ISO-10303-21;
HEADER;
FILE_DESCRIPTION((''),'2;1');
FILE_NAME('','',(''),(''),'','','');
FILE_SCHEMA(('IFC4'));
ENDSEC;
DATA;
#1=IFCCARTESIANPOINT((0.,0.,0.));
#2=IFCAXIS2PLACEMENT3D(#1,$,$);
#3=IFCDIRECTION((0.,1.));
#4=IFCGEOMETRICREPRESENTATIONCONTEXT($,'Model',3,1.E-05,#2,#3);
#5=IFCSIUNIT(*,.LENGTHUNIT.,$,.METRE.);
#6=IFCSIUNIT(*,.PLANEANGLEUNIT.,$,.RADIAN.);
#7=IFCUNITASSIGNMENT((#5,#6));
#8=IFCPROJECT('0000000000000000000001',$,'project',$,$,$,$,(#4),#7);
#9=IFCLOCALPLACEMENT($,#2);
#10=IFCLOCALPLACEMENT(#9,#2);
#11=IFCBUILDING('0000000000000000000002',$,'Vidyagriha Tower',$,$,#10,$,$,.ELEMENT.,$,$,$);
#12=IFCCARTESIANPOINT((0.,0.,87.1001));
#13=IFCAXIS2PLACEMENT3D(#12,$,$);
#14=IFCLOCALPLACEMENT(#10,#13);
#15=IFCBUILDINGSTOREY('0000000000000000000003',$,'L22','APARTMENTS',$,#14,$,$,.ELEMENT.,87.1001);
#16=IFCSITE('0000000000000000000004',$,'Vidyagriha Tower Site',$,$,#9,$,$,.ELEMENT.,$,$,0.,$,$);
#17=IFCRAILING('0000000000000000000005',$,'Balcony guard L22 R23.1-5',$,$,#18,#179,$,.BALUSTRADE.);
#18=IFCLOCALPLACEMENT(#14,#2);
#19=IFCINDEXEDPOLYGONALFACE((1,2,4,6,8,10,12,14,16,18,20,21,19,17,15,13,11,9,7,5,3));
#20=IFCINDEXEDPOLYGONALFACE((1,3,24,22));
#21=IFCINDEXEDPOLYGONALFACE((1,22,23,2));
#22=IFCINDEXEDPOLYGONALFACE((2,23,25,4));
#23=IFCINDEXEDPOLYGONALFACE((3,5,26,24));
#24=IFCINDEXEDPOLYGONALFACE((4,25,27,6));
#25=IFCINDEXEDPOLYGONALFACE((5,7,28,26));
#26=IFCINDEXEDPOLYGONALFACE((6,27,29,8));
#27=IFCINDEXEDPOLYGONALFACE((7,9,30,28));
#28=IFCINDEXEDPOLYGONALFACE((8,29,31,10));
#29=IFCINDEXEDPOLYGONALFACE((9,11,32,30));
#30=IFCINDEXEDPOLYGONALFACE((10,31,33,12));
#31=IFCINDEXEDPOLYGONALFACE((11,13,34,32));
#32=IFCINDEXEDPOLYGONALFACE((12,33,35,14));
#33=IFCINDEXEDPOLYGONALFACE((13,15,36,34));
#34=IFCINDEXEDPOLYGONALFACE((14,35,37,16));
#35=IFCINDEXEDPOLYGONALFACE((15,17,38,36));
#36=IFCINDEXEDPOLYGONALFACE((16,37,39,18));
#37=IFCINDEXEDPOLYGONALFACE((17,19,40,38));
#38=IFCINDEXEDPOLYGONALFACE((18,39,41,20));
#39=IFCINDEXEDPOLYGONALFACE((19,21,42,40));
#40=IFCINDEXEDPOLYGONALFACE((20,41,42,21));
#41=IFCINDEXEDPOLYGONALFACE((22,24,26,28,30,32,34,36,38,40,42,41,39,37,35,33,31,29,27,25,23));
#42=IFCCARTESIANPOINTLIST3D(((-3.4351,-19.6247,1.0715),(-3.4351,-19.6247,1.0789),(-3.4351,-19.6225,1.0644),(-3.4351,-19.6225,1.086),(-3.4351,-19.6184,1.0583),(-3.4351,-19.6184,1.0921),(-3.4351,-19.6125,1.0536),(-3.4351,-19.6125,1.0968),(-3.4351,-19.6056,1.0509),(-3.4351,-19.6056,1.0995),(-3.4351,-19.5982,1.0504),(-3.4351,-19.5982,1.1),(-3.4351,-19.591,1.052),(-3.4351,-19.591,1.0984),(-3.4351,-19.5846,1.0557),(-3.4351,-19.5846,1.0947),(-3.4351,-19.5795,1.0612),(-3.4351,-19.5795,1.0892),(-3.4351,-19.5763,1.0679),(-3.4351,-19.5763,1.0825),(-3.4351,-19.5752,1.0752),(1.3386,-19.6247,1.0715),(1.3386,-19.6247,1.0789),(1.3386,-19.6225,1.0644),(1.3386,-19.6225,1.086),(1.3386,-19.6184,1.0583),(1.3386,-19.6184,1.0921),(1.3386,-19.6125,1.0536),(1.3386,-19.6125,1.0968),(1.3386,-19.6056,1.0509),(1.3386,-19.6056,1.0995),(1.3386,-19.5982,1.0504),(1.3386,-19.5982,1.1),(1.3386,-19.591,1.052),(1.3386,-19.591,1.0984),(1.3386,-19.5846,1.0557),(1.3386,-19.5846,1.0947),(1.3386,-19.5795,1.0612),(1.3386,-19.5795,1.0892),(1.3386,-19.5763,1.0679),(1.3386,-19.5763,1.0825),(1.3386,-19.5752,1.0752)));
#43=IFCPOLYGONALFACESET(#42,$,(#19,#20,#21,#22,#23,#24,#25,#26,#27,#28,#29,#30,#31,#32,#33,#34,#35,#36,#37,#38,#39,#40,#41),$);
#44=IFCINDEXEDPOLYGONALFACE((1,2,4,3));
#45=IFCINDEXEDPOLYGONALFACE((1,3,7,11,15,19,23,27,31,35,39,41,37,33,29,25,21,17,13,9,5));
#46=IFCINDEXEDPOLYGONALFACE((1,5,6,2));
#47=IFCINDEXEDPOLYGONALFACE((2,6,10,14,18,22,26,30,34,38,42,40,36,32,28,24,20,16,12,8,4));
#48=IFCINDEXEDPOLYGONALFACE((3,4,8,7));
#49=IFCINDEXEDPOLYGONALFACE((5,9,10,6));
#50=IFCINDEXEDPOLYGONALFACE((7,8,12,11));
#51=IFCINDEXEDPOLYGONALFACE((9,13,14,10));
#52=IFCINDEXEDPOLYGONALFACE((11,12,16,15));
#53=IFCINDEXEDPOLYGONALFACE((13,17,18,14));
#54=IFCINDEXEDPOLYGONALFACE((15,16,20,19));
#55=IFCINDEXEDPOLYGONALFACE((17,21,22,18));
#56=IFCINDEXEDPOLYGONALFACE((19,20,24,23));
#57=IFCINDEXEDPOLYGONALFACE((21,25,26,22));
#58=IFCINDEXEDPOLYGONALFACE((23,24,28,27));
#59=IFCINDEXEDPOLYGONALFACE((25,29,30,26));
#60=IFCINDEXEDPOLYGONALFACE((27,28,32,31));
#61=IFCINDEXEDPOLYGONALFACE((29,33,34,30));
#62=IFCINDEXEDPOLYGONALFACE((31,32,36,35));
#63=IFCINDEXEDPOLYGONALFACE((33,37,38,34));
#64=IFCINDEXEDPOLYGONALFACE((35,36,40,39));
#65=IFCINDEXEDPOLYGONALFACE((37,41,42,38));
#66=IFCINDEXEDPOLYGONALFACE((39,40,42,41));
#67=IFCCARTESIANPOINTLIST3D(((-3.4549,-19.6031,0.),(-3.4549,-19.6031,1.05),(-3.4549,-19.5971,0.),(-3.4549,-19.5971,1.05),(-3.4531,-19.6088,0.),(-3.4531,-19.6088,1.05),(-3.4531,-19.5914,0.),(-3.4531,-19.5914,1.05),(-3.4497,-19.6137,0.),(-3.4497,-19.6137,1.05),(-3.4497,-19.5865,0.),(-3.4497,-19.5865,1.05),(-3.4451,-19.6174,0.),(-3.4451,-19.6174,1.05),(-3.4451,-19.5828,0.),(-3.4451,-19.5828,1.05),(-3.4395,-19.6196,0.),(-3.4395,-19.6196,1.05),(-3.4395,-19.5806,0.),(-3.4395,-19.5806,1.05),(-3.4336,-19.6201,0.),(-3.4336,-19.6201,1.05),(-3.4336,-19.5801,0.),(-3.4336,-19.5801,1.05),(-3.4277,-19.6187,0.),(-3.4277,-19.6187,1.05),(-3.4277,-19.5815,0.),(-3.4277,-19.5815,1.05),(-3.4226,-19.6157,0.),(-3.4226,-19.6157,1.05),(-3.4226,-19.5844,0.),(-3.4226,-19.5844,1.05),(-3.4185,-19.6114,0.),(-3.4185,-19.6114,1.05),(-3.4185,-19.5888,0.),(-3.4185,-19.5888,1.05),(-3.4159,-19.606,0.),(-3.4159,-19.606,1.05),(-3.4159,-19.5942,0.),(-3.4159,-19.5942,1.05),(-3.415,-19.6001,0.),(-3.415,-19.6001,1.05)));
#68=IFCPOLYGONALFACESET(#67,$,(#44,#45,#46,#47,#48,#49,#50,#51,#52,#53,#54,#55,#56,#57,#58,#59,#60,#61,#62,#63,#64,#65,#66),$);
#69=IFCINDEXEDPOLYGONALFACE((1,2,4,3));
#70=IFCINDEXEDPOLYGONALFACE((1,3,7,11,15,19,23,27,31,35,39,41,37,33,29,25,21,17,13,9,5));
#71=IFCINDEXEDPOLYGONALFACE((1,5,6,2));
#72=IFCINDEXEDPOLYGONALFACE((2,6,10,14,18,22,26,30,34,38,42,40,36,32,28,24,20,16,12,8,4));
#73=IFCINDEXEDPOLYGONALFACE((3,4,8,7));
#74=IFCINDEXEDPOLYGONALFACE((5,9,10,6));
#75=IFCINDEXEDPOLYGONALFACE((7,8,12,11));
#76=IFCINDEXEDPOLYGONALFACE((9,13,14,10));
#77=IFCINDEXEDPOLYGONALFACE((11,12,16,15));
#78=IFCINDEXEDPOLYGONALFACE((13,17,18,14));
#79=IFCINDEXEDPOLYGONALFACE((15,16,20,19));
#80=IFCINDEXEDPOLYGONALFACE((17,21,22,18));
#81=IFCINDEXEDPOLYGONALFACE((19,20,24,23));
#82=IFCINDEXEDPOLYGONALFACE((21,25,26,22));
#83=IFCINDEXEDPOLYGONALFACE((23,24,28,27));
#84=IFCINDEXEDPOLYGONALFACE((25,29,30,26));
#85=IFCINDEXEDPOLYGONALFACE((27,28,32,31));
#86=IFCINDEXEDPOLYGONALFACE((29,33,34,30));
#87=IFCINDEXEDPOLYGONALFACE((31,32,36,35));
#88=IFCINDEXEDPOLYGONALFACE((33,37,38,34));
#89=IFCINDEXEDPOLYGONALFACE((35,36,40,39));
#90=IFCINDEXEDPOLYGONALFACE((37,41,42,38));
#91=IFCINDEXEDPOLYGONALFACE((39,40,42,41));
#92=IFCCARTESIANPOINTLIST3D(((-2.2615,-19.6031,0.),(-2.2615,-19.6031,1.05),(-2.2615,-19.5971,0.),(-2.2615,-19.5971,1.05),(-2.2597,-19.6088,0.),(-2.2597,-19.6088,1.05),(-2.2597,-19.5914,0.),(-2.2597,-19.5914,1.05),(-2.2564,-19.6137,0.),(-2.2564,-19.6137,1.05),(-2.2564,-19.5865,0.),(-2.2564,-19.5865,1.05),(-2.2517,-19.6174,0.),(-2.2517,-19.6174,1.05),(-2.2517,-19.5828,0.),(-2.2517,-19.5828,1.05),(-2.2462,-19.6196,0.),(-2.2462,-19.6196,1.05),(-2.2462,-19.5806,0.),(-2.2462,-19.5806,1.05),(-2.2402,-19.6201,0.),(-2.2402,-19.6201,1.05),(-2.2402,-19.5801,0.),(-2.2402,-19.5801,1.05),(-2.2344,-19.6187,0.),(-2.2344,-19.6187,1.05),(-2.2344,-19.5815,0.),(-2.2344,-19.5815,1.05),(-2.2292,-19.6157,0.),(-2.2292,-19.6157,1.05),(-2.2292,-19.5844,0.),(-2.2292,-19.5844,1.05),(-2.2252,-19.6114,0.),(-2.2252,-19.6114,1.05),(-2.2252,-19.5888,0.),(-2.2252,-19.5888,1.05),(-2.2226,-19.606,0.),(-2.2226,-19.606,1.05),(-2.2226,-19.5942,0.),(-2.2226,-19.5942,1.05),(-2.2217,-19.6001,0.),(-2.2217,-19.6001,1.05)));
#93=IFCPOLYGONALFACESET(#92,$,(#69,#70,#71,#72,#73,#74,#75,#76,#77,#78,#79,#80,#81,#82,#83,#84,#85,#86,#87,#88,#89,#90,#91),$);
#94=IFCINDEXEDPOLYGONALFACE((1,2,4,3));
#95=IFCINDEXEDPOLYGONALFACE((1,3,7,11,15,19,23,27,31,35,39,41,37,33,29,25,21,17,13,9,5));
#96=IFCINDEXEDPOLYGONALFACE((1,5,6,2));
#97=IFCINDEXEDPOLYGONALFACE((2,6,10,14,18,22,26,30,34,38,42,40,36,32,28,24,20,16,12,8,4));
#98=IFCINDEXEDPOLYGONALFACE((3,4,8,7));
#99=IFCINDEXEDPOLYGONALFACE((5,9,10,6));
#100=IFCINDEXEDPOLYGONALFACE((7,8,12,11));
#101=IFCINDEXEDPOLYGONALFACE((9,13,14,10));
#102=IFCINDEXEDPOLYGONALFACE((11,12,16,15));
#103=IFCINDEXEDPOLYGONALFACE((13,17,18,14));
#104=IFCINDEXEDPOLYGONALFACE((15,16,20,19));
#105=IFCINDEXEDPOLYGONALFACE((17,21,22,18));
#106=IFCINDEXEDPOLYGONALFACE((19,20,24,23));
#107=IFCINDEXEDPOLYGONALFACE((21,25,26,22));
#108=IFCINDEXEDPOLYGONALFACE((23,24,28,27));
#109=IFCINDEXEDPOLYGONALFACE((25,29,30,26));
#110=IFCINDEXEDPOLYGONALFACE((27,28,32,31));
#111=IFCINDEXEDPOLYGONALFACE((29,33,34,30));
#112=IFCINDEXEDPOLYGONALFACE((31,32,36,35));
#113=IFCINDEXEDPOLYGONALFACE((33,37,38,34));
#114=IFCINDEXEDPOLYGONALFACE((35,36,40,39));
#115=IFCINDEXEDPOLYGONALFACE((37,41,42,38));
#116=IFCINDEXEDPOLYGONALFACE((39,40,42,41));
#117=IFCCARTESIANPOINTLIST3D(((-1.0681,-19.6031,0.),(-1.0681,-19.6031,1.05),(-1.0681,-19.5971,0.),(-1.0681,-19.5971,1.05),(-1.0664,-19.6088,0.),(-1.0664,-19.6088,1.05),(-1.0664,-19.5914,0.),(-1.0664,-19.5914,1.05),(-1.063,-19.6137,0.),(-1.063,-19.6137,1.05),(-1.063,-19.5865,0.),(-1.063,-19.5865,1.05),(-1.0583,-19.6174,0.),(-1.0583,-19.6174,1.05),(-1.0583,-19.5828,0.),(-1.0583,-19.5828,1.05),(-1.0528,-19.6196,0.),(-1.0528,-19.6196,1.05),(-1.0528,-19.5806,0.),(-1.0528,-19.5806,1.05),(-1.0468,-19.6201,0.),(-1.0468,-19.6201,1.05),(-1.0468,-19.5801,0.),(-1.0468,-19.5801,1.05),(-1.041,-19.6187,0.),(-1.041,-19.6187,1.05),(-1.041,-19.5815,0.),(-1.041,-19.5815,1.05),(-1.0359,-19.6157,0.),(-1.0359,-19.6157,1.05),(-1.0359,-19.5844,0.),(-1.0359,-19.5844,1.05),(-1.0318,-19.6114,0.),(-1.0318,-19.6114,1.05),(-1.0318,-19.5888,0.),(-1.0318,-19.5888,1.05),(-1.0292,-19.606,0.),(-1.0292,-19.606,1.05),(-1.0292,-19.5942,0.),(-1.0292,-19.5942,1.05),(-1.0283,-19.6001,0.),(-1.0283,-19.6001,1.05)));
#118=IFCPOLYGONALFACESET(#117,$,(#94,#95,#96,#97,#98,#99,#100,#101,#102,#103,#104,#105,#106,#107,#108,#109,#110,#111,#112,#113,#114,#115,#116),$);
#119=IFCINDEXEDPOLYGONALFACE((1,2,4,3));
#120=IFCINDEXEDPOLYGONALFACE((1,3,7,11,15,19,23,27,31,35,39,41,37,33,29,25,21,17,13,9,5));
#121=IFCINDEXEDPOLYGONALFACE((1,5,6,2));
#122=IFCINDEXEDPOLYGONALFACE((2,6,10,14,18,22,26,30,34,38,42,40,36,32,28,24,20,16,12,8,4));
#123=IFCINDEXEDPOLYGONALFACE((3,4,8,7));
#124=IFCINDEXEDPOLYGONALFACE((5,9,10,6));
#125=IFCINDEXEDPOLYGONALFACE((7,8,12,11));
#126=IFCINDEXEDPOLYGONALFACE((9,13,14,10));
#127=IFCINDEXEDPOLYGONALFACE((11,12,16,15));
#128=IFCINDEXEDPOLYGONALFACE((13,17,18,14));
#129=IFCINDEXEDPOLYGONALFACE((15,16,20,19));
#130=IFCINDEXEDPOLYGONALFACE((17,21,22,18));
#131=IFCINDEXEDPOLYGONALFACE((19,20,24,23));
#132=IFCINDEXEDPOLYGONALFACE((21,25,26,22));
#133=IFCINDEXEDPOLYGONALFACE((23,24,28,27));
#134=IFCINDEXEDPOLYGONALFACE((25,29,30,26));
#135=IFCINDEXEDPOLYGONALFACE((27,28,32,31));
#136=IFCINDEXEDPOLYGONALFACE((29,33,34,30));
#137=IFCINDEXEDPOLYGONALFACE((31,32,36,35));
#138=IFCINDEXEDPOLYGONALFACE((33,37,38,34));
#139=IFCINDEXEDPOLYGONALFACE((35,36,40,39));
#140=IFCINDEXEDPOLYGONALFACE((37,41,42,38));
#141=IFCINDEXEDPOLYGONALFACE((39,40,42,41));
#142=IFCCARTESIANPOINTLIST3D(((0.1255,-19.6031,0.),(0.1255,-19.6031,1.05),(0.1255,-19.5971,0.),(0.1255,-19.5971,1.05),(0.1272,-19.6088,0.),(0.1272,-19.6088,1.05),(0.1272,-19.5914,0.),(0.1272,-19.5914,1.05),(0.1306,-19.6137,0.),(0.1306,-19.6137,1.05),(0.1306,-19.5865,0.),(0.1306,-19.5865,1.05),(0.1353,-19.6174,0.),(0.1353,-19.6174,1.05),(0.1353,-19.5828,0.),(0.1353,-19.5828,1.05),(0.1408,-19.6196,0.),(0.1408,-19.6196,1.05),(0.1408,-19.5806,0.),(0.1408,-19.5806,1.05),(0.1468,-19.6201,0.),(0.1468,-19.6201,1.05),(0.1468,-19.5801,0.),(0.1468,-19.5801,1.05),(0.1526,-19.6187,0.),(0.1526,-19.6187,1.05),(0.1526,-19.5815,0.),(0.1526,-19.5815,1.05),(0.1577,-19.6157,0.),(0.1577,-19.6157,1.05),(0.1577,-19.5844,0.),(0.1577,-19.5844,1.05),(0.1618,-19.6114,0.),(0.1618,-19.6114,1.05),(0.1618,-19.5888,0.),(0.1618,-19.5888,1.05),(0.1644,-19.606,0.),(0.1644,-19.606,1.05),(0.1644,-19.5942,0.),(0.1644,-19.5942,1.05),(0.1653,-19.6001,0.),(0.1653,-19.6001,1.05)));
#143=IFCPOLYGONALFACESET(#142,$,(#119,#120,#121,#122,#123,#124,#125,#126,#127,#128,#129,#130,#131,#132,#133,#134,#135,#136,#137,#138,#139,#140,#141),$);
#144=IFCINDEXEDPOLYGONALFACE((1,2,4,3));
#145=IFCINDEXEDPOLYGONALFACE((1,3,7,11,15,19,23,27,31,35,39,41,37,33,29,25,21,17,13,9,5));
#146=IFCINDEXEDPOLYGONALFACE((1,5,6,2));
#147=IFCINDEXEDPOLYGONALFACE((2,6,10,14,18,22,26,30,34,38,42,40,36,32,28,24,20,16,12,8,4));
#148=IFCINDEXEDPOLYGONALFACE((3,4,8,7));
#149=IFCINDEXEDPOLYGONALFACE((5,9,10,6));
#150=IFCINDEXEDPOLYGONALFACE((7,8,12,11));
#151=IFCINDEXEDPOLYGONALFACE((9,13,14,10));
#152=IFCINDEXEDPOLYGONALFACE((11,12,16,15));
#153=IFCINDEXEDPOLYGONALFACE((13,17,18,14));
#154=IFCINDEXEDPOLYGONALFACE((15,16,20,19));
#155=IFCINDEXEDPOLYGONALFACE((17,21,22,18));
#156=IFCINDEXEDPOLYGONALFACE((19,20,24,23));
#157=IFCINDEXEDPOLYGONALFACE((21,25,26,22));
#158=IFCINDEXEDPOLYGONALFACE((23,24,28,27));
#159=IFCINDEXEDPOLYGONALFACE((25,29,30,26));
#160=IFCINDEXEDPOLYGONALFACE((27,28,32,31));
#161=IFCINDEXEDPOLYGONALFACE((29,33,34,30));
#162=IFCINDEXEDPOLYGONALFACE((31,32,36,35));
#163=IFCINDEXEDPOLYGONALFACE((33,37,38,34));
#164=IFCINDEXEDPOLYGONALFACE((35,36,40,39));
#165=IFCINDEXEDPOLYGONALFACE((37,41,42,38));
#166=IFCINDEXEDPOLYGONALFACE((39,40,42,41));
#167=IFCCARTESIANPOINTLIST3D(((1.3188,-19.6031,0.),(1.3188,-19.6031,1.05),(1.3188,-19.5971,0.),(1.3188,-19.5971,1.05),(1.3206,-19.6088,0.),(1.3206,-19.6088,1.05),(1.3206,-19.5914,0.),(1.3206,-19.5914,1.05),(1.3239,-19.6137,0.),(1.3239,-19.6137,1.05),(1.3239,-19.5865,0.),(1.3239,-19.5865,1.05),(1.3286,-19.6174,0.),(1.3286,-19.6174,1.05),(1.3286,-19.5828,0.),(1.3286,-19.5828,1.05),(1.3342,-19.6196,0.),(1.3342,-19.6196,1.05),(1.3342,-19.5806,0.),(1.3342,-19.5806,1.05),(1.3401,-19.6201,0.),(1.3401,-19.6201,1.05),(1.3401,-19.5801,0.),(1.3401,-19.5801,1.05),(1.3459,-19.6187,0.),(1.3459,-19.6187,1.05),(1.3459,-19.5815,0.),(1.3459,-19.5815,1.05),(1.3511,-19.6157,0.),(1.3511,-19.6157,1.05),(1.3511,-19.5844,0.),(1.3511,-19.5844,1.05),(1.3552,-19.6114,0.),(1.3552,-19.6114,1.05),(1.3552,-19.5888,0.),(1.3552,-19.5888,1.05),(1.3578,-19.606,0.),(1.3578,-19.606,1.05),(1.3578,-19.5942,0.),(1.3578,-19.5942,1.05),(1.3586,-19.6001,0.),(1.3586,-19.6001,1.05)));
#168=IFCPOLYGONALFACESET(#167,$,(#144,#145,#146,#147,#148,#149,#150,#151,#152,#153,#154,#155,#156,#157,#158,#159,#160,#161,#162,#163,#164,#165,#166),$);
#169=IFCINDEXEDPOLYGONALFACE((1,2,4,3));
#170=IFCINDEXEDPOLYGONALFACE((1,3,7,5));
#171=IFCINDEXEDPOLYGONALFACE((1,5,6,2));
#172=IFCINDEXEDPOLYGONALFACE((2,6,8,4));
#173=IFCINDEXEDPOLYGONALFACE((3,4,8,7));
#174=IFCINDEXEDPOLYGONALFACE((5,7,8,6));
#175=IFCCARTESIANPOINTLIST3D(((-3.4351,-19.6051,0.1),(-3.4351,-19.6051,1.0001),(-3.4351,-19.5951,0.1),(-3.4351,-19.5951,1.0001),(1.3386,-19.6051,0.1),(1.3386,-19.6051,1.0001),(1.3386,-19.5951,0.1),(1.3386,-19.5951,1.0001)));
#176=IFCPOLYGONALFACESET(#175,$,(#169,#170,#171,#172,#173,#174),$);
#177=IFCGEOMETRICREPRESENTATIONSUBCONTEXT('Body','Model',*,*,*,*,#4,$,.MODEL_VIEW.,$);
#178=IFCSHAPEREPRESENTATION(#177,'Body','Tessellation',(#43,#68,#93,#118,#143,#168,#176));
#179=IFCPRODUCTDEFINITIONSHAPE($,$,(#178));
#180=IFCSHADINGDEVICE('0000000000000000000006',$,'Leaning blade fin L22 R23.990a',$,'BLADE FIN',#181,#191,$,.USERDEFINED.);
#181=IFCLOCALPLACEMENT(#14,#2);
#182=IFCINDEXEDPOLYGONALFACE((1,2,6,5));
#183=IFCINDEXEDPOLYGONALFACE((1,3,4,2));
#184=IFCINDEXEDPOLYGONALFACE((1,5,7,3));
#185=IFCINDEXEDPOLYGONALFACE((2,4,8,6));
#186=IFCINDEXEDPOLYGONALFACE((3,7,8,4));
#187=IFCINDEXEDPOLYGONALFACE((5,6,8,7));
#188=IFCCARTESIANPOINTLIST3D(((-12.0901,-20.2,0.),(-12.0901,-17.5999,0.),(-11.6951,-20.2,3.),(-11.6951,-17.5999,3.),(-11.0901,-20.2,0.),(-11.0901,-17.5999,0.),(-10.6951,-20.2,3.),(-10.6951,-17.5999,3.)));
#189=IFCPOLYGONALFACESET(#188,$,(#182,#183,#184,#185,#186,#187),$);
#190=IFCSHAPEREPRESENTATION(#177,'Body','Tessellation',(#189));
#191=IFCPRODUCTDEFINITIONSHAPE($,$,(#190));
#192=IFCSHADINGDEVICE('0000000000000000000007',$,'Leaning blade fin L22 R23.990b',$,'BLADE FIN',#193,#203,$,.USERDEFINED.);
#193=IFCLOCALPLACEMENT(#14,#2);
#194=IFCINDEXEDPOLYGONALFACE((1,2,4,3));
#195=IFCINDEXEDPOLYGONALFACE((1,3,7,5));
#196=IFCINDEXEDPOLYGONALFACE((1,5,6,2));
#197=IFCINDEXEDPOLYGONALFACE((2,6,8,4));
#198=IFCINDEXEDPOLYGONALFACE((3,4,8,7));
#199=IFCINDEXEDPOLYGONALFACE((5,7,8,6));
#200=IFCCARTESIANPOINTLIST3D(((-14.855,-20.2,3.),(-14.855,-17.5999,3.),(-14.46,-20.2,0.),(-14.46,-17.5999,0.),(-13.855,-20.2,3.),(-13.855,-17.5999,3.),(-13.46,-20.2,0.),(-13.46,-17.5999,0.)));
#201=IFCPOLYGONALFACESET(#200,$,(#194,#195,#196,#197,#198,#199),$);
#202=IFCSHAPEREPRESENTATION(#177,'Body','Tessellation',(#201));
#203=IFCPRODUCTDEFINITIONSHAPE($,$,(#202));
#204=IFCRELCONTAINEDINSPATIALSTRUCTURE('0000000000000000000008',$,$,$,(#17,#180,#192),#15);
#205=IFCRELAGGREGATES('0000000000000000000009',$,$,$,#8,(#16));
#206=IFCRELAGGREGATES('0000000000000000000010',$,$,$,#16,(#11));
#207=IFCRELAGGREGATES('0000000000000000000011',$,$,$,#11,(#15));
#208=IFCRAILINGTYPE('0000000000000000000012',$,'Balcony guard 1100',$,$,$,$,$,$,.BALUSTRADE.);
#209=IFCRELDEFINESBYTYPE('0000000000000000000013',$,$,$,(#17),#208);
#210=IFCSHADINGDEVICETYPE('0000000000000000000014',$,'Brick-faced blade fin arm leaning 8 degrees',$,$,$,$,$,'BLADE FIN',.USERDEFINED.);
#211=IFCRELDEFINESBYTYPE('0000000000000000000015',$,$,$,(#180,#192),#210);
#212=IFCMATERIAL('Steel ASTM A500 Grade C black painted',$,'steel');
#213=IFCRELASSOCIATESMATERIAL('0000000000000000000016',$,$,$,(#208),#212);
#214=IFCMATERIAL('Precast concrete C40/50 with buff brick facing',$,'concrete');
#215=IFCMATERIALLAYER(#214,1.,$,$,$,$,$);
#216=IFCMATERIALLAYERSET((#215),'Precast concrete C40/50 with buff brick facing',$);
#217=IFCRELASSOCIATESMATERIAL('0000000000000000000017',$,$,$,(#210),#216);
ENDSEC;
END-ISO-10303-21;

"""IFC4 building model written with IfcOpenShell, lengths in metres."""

from ifc_helpers import new_model, si_unit, direction, frame, origin, origin_2d, place, context, subcontext, project, spatial, polyline, rectangle, circle, outline, extrude, material, layer, layer_set, type_object, element, save


model = new_model("IFC4")

# Units and contexts
model_context = context("Model", 3, precision=1e-05, world=origin(), true_north=direction((0.0, 1.0)))
body_context = subcontext(model_context, "Body", "Model", "MODEL_VIEW")
ifc_project = project(units=[si_unit("LENGTHUNIT", "METRE"), si_unit("PLANEANGLEUNIT", "RADIAN")], contexts=[model_context])

# Site, building, storey
site_placement = place(None, origin())
site = spatial("IfcSite", under=ifc_project, at=site_placement, Name="Vidyagriha Tower Site", CompositionType="ELEMENT", RefElevation=0.0)
building_placement = place(site_placement, origin())
building = spatial("IfcBuilding", under=site, at=building_placement, Name="Vidyagriha Tower", CompositionType="ELEMENT")
storey_placement = place(building_placement, frame((0.0, 0.0, 87.1001)))
storey = spatial("IfcBuildingStorey", under=building, at=storey_placement, Name="L22", Description="APARTMENTS", CompositionType="ELEMENT", Elevation=87.1001)

# Railing
ifc_material_1 = material(Name="Steel ASTM A500 Grade C black painted", Category="steel")
railing_type = type_object("IfcRailingType", Name="Balcony guard 1100", PredefinedType="BALUSTRADE", material=ifc_material_1)
for number, where, name in (
    (1, (-3.4351, -19.6001, 0.0), "Balcony guard L22 R23.1-5"),
):
    element("IfcRailing", number, at=place(storey_placement, frame(where)), inside=storey, type_object=railing_type, Name=name, PredefinedType="BALUSTRADE", context=body_context, shape_type="SweptSolid", body=[
        extrude(circle(Radius=0.0249, at=origin_2d()), frame((0.0, 0.0, 1.0752), z_axis=(1.0, 0.0, 0.0), x_axis=(0.0, 1.0, 0.0)), (0.0, 0.0, 1.0), 4.7737),
        extrude(circle(Radius=0.02, at=origin_2d()), origin(), (0.0, 0.0, 1.0), 1.05),
        extrude(circle(Radius=0.02, at=origin_2d()), frame((1.1934, 0.0, 0.0)), (0.0, 0.0, 1.0), 1.05),
        extrude(circle(Radius=0.02, at=origin_2d()), frame((2.3867, 0.0, 0.0)), (0.0, 0.0, 1.0), 1.05),
        extrude(circle(Radius=0.02, at=origin_2d()), frame((3.5803, 0.0, 0.0)), (0.0, 0.0, 1.0), 1.05),
        extrude(circle(Radius=0.02, at=origin_2d()), frame((4.7737, 0.0, 0.0)), (0.0, 0.0, 1.0), 1.05),
        extrude(rectangle(XDim=0.01, YDim=0.9001, at=origin_2d()), frame((0.0, 0.0, 0.55), z_axis=(1.0, 0.0, 0.0), x_axis=(0.0, 1.0, 0.0)), (0.0, 0.0, 1.0), 4.7737),
    ])

# Shading devices
ifc_material_2 = material(Name="Precast concrete C40/50 with buff brick facing", Category="concrete")
ifc_layer_1 = layer(ifc_material_2, 1.0)
ifc_layer_set_1 = layer_set([ifc_layer_1], Name="Precast concrete C40/50 with buff brick facing")
shading_device_type_1 = type_object("IfcShadingDeviceType", Name="Brick-faced blade fin arm leaning 8 degrees", ElementType="BLADE FIN", PredefinedType="USERDEFINED", material=ifc_layer_set_1)
shading_device_1_placement = place(storey_placement, frame((-12.0901, -18.8999, 0.0)))
element("IfcShadingDevice", 2, at=shading_device_1_placement, inside=storey, type_object=shading_device_type_1, Name="Leaning blade fin L22 R23.990a", ObjectType="BLADE FIN", PredefinedType="USERDEFINED", context=body_context, shape_type="SweptSolid", body=[
    extrude(outline(polyline([(0.0, 0.0), (1.0, 0.0), (1.395, 3.0), (0.395, 3.0), (0.0, 0.0)])), frame((0.0, 1.3, 0.0), z_axis=(0.0, -1.0, 0.0), x_axis=(1.0, 0.0, 0.0)), (0.0, 0.0, 1.0), 2.6001),
])
for number, where, name in (
    (3, (-14.855, -18.8999, 0.0), "Leaning blade fin L22 R23.990b"),
):
    element("IfcShadingDevice", number, at=place(storey_placement, frame(where)), inside=storey, type_object=shading_device_type_1, Name=name, ObjectType="BLADE FIN", PredefinedType="USERDEFINED", context=body_context, shape_type="SweptSolid", body=[
        extrude(outline(polyline([(0.395, 0.0), (1.395, 0.0), (1.0, 3.0), (0.0, 3.0), (0.395, 0.0)])), frame((0.0, 1.3, 0.0), z_axis=(0.0, -1.0, 0.0), x_axis=(1.0, 0.0, 0.0)), (0.0, 0.0, 1.0), 2.6001),
    ])

save(model, "model.ifc")
